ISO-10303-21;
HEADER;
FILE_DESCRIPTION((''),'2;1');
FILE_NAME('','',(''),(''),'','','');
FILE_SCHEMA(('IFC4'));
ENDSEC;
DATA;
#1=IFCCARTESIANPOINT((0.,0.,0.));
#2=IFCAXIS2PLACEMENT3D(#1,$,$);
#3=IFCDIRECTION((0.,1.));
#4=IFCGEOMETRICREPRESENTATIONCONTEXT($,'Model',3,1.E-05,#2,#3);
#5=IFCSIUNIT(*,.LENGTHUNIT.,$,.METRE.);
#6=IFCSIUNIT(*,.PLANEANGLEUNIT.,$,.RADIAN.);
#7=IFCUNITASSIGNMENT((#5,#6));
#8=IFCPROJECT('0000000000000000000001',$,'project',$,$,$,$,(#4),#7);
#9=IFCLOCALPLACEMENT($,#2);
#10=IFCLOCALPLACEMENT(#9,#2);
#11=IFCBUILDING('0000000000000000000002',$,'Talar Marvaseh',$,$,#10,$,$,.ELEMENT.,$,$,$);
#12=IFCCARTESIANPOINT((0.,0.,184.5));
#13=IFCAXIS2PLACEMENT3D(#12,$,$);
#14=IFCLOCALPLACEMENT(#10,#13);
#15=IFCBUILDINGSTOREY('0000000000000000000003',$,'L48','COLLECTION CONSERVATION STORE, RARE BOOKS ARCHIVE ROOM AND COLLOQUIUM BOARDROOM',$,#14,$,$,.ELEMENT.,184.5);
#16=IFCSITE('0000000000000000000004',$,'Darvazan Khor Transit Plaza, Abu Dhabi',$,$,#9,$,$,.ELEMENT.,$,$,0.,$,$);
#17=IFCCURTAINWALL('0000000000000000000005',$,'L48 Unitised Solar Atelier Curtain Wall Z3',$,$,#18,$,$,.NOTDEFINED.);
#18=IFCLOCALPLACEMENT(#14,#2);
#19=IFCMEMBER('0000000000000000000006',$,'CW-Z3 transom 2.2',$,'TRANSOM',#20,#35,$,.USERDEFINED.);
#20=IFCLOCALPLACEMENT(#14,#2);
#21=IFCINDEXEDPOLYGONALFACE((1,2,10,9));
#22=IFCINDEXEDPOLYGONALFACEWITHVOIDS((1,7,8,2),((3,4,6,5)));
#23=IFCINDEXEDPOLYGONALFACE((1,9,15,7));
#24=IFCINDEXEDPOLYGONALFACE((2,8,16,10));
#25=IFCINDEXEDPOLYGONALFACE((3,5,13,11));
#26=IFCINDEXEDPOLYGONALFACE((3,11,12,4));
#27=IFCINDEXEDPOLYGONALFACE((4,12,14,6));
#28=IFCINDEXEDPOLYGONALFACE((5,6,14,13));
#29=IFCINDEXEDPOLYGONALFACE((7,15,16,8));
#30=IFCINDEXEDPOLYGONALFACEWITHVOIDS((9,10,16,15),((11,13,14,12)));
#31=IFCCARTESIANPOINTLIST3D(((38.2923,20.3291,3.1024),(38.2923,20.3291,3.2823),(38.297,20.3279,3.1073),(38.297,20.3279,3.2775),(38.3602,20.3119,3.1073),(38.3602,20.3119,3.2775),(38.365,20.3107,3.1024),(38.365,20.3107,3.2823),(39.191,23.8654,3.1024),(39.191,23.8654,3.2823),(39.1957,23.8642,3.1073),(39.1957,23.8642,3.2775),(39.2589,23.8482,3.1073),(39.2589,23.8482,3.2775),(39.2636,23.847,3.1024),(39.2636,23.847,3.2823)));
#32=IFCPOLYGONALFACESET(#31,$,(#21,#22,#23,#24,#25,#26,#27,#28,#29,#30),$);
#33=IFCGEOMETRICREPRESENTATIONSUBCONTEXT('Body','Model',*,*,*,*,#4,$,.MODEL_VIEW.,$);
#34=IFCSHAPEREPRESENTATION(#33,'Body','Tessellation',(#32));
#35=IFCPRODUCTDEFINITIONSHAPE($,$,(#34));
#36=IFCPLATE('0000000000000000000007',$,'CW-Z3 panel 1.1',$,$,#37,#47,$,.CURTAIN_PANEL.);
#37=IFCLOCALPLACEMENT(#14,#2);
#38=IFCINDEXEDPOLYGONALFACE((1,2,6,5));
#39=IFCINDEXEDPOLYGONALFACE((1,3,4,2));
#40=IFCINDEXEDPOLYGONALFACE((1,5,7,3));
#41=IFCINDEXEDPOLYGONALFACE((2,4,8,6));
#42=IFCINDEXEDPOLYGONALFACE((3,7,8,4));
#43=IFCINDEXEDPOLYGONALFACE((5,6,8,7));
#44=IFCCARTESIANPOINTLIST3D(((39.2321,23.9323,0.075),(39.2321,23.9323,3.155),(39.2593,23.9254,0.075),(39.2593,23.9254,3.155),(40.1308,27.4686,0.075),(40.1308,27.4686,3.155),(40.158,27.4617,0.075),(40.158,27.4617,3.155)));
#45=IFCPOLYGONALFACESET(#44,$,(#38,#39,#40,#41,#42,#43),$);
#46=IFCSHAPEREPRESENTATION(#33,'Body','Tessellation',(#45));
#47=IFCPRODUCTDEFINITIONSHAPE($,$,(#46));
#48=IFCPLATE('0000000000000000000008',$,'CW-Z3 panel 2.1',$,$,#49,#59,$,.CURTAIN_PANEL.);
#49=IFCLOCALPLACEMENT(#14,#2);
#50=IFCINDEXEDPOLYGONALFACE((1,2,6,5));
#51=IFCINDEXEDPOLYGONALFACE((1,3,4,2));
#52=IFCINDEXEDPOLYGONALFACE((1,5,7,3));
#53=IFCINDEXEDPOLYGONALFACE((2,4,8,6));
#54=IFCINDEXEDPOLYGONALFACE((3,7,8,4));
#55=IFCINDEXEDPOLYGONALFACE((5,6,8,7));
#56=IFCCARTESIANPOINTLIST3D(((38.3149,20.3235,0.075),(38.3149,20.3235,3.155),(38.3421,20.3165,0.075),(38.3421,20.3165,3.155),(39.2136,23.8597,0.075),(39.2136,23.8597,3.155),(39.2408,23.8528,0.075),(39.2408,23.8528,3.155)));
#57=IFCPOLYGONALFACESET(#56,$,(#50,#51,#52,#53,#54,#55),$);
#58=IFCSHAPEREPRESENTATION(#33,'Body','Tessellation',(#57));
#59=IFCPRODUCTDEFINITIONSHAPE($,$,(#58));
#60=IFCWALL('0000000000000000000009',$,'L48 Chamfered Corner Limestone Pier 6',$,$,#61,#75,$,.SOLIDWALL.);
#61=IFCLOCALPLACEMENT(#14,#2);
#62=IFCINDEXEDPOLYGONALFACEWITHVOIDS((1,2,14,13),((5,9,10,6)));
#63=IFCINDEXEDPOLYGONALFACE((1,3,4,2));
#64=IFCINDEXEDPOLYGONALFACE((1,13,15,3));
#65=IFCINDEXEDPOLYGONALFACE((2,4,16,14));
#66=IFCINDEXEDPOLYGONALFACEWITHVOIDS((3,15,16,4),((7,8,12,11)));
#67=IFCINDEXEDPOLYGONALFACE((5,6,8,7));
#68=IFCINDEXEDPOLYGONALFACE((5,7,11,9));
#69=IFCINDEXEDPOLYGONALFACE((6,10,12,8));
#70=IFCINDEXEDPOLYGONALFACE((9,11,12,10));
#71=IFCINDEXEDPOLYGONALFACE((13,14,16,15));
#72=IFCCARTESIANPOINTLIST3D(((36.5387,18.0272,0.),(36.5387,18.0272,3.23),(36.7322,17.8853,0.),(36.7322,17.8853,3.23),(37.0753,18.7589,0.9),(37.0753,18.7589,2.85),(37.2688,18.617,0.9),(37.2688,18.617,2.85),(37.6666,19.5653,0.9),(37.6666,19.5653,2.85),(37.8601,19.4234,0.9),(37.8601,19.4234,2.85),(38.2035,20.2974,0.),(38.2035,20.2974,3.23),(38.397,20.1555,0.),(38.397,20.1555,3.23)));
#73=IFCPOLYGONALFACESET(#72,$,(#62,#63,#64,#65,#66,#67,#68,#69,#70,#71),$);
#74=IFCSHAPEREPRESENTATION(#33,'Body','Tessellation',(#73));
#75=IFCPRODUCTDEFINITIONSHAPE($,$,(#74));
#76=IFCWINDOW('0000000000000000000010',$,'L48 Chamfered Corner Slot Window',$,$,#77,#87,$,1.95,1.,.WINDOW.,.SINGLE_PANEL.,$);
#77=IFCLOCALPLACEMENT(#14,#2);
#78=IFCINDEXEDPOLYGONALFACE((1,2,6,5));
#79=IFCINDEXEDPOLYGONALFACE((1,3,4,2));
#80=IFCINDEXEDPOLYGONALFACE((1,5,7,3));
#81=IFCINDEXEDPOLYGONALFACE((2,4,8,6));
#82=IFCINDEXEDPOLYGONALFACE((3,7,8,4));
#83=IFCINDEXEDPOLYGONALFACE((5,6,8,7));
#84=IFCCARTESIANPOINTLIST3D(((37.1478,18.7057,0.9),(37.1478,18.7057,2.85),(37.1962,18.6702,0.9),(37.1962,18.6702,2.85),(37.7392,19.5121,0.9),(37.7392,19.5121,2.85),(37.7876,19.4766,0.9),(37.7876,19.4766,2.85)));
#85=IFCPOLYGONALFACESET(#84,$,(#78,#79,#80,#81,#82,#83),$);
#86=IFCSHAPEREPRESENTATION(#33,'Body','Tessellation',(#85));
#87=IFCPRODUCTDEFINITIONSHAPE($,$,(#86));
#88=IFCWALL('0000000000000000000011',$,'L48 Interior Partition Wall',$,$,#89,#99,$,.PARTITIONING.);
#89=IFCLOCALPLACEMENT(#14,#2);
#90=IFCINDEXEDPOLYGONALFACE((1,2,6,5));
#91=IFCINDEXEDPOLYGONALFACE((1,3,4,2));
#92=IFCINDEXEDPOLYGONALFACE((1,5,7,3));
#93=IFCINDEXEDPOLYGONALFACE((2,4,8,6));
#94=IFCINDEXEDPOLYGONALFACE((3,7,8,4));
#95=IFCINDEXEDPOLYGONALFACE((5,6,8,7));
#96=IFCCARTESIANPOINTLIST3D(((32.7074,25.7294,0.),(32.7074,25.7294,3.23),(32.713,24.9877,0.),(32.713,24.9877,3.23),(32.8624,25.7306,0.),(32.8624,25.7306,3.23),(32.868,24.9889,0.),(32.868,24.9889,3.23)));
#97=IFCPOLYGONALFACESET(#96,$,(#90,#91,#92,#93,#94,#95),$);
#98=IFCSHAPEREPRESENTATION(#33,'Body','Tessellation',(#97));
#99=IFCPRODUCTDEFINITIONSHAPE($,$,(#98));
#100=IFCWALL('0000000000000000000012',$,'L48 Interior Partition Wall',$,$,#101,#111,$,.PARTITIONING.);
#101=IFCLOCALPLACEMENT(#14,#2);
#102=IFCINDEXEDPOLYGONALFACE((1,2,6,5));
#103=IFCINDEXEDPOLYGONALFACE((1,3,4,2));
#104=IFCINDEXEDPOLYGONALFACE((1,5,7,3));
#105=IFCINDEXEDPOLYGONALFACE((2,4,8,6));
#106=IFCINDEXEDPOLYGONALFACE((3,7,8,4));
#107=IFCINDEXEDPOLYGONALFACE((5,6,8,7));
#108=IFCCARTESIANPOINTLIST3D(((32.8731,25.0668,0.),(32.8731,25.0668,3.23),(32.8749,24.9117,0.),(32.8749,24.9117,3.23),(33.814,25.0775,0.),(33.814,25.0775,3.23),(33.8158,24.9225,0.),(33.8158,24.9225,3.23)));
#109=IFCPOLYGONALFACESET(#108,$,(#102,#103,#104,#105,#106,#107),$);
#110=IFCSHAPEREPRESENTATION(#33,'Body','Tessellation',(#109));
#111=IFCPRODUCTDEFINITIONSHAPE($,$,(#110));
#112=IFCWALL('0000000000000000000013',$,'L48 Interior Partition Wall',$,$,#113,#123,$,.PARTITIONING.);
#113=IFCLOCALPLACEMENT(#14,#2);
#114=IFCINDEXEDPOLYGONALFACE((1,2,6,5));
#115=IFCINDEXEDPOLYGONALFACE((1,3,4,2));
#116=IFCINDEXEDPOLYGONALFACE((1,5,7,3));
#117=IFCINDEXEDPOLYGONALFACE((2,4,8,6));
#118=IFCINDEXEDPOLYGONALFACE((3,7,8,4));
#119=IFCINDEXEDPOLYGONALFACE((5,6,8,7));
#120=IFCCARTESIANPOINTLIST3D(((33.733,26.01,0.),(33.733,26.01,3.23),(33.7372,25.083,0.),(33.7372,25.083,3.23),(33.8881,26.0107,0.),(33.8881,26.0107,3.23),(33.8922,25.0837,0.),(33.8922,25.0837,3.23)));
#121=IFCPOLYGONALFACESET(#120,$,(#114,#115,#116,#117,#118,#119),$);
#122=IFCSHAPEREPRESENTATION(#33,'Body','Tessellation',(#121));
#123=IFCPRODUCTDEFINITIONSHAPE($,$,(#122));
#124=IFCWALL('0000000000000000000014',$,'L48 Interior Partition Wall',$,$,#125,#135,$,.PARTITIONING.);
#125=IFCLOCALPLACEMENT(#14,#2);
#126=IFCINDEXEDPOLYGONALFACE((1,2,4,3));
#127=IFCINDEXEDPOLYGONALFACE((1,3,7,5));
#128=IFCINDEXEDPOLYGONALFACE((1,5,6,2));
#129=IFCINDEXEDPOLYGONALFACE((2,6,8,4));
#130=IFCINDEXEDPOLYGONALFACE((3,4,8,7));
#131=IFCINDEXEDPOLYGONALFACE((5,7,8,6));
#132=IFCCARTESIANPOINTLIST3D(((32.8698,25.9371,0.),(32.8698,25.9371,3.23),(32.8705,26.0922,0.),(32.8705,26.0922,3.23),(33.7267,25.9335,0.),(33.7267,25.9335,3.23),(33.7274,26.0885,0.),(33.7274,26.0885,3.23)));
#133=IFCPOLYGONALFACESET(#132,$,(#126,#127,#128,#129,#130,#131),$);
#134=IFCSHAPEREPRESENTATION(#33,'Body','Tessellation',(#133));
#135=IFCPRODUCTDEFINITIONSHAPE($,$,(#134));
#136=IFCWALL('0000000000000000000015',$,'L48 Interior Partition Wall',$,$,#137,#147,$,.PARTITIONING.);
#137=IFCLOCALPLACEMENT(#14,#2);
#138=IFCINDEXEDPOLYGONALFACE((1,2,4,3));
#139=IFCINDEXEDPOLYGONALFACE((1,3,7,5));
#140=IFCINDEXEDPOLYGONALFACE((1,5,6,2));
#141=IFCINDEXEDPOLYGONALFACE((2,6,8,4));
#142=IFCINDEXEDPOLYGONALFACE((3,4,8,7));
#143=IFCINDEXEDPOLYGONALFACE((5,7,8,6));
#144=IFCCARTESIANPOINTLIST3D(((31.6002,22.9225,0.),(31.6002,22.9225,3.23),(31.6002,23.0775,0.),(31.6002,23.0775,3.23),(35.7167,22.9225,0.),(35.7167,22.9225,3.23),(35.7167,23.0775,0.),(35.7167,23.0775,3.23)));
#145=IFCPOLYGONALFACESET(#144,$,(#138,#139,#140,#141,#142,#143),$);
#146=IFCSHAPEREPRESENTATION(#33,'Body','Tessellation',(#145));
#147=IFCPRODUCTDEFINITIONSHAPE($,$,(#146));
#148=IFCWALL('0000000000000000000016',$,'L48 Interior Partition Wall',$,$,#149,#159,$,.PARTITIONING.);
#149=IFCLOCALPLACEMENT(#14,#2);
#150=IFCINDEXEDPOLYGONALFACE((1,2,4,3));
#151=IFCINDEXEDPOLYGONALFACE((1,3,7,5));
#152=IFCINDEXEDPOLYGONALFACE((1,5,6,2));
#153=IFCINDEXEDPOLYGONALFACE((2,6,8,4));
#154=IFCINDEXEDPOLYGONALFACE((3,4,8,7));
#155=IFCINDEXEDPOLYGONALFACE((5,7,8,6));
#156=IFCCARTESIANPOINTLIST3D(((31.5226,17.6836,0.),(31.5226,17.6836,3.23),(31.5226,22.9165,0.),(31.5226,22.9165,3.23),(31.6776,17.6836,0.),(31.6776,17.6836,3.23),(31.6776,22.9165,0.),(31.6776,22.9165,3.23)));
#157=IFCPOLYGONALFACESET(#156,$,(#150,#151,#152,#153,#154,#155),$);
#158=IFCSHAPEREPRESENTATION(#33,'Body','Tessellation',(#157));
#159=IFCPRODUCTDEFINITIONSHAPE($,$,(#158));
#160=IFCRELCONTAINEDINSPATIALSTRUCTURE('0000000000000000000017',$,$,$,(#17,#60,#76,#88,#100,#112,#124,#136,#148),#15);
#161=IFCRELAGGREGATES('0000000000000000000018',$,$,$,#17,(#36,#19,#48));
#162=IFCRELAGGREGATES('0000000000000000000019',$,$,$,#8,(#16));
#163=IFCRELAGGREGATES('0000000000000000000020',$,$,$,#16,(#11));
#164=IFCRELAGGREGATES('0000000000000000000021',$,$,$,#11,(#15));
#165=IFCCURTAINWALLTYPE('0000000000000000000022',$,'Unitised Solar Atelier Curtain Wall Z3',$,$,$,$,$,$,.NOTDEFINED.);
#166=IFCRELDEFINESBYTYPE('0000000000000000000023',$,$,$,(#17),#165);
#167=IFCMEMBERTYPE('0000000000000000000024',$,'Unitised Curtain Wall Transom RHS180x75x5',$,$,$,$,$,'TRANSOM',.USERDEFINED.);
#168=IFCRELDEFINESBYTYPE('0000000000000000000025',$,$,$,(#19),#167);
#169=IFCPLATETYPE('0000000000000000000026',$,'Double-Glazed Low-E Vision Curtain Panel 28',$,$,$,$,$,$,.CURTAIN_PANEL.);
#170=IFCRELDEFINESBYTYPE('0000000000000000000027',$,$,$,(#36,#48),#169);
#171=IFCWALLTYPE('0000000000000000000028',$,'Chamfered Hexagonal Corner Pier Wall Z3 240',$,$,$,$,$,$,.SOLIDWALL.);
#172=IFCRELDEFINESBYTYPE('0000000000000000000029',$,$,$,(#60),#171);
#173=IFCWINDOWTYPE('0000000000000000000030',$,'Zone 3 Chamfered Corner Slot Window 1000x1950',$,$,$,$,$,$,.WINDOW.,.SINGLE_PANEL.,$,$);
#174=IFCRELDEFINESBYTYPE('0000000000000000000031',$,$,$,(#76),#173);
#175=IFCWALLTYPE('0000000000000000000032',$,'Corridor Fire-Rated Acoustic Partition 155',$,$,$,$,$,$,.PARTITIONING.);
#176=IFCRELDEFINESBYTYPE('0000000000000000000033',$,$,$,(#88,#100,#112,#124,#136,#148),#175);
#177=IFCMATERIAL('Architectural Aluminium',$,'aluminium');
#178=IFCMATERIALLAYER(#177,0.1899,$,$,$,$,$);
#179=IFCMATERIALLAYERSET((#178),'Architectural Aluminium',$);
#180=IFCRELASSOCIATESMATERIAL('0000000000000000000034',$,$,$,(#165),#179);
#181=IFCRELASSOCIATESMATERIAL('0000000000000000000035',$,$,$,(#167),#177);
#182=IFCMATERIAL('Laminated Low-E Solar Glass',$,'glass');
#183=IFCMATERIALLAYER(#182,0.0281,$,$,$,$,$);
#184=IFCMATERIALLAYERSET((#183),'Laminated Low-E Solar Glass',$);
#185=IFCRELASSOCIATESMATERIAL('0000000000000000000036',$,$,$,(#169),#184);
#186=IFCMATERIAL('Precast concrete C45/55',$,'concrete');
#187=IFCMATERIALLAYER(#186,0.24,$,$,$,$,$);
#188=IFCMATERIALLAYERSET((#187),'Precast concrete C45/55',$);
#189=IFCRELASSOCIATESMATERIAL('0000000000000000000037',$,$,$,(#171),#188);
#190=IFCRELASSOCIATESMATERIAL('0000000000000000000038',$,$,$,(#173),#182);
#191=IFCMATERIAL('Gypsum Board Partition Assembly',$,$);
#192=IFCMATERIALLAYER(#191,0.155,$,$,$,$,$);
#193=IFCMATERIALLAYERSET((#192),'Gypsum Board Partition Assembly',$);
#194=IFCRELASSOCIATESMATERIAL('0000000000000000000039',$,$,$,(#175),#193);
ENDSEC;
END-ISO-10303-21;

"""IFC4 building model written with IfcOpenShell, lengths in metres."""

from ifc_helpers import new_model, si_unit, direction, frame, frame_2d, origin, origin_2d, place, context, subcontext, project, spatial, rectangle, hollow_rectangle, extrude, source, transform, mapped, material, layer, layer_set, material_profile, profile_set, type_object, type_shapes, element, fill, aggregate, save


model = new_model("IFC4")

# Units and contexts
model_context = context("Model", 3, precision=1e-05, world=origin(), true_north=direction((0.0, 1.0)))
body_context = subcontext(model_context, "Body", "Model", "MODEL_VIEW")
ifc_project = project(units=[si_unit("LENGTHUNIT", "METRE"), si_unit("PLANEANGLEUNIT", "RADIAN")], contexts=[model_context])

# Site, building, storey
site_placement = place(None, origin())
site = spatial("IfcSite", under=ifc_project, at=site_placement, Name="Darvazan Khor Transit Plaza, Abu Dhabi", CompositionType="ELEMENT", RefElevation=0.0)
building_placement = place(site_placement, origin())
building = spatial("IfcBuilding", under=site, at=building_placement, Name="Talar Marvaseh", CompositionType="ELEMENT")
storey_placement = place(building_placement, frame((0.0, 0.0, 184.5)))
storey = spatial("IfcBuildingStorey", under=building, at=storey_placement, Name="L48", Description="COLLECTION CONSERVATION STORE, RARE BOOKS ARCHIVE ROOM AND COLLOQUIUM BOARDROOM", CompositionType="ELEMENT", Elevation=184.5)

# Curtain wall, member, plates
ifc_material_1 = material(Name="Architectural Aluminium", Category="aluminium")
ifc_layer_1 = layer(ifc_material_1, 0.1899)
ifc_layer_set_1 = layer_set([ifc_layer_1], Name="Architectural Aluminium")
curtain_wall_type = type_object("IfcCurtainWallType", Name="Unitised Solar Atelier Curtain Wall Z3", PredefinedType="NOTDEFINED", material=ifc_layer_set_1)
curtain_wall_placement = place(storey_placement, origin())
curtain_wall = element("IfcCurtainWall", 1, at=curtain_wall_placement, inside=storey, type_object=curtain_wall_type, Name="L48 Unitised Solar Atelier Curtain Wall Z3", PredefinedType="NOTDEFINED")
ifc_material_profile_1 = material_profile(ifc_material_1, hollow_rectangle(XDim=0.075, YDim=0.1799, WallThickness=0.0049, at=origin_2d()), Name="RHS180x75x5")
ifc_profile_set_1 = profile_set([ifc_material_profile_1], Name="Architectural Aluminium")
member_type_1 = type_object("IfcMemberType", Name="Unitised Curtain Wall Transom RHS180x75x5", ElementType="TRANSOM", PredefinedType="USERDEFINED", material=ifc_profile_set_1)
shared_shape_1 = source(origin(), body_context, "Body", "SweptSolid", [
    extrude(hollow_rectangle(XDim=0.075, YDim=0.1799, WallThickness=0.0049, at=origin_2d()), origin(), (0.0, 0.0, 1.0), 3.6487),
])
type_shapes(member_type_1, [shared_shape_1])
member_1_placement = place(storey_placement, frame((39.2273, 23.8562, 3.1924), z_axis=(-0.246297, -0.969195, 0.0), x_axis=(0.969195, -0.246297, 0.0)))
member_1 = element("IfcMember", 2, at=member_1_placement, type_object=member_type_1, Name="CW-Z3 transom 2.2", ObjectType="TRANSOM", PredefinedType="USERDEFINED", context=body_context, shape_type="MappedRepresentation", body=[
    mapped(shared_shape_1, transform((0.0, 0.0, 0.0), x_axis=(1.0, 0.0, 0.0), y_axis=(0.0, 1.0, 0.0), z_axis=(0.0, 0.0, 1.0), scale=1.0)),
])
ifc_material_2 = material(Name="Laminated Low-E Solar Glass", Category="glass")
ifc_layer_2 = layer(ifc_material_2, 0.0281)
ifc_layer_set_2 = layer_set([ifc_layer_2], Name="Laminated Low-E Solar Glass")
plate_type = type_object("IfcPlateType", Name="Double-Glazed Low-E Vision Curtain Panel 28", PredefinedType="CURTAIN_PANEL", material=ifc_layer_set_2)
shared_shape_2 = source(origin(), body_context, "Body", "SweptSolid", [
    extrude(rectangle(XDim=3.6487, YDim=0.0281, at=origin_2d()), origin(), (0.0, 0.0, 1.0), 3.0801),
])
type_shapes(plate_type, [shared_shape_2])
plate_1_placement = place(storey_placement, frame((39.6951, 25.697, 0.075), z_axis=(0.0, 0.0, 1.0), x_axis=(-0.246306, -0.969192, 0.0)))
plate_1 = element("IfcPlate", 3, at=plate_1_placement, type_object=plate_type, Name="CW-Z3 panel 1.1", PredefinedType="CURTAIN_PANEL", context=body_context, shape_type="MappedRepresentation", body=[
    mapped(shared_shape_2, transform((0.0, 0.0, 0.0), x_axis=(1.0, 0.0, 0.0), y_axis=(0.0, 1.0, 0.0), z_axis=(0.0, 0.0, 1.0), scale=1.0)),
])
plate_2_placement = place(storey_placement, frame((38.7778, 22.0881, 0.075), z_axis=(0.0, 0.0, 1.0), x_axis=(-0.246306, -0.969192, 0.0)))
plate_2 = element("IfcPlate", 4, at=plate_2_placement, type_object=plate_type, Name="CW-Z3 panel 2.1", PredefinedType="CURTAIN_PANEL", context=body_context, shape_type="MappedRepresentation", body=[
    mapped(shared_shape_2, transform((0.0, 0.0, 0.0), x_axis=(1.0, 0.0, 0.0), y_axis=(0.0, 1.0, 0.0), z_axis=(0.0, 0.0, 1.0), scale=1.0)),
])
aggregate(curtain_wall, [plate_1, member_1, plate_2])

# Wall, opening, window
ifc_material_3 = material(Name="Precast concrete C45/55", Category="concrete")
ifc_layer_3 = layer(ifc_material_3, 0.24)
ifc_layer_set_3 = layer_set([ifc_layer_3], Name="Precast concrete C45/55")
wall_type_1 = type_object("IfcWallType", Name="Chamfered Hexagonal Corner Pier Wall Z3 240", PredefinedType="SOLIDWALL", material=ifc_layer_set_3)
wall_1_placement = place(storey_placement, frame((38.3003, 20.2266, 0.0), z_axis=(0.0, 0.0, 1.0), x_axis=(-0.591349, -0.806416, 0.0)))
wall_1 = element("IfcWall", 5, at=wall_1_placement, inside=storey, type_object=wall_type_1, Name="L48 Chamfered Corner Limestone Pier 6", PredefinedType="SOLIDWALL", context=body_context, shape_type="SweptSolid", body=[
    extrude(rectangle(XDim=2.8152, YDim=0.24, at=frame_2d((1.4077, 0.0))), origin(), (0.0, 0.0, 1.0), 3.23),
])
opening_1_placement = place(wall_1_placement, frame((0.908, 0.0, 0.8999)))
opening_1 = element("IfcOpeningElement", 6, at=opening_1_placement, cuts=wall_1, PredefinedType="OPENING", context=body_context, shape_type="SweptSolid", body=[
    extrude(rectangle(XDim=1.0, YDim=1.95, at=frame_2d((0.5, 0.9751))), frame((0.0, 0.1299, 0.0), z_axis=(0.0, -1.0, 0.0), x_axis=(1.0, 0.0, 0.0)), (0.0, 0.0, 1.0), 0.26),
])
window_type = type_object("IfcWindowType", Name="Zone 3 Chamfered Corner Slot Window 1000x1950", PartitioningType="SINGLE_PANEL", PredefinedType="WINDOW", material=ifc_material_2)
shared_shape_3 = source(origin(), body_context, "Body", "SweptSolid", [
    extrude(rectangle(XDim=1.0, YDim=1.95, at=frame_2d((0.5, 0.9751))), frame((0.0, 0.03, 0.0), z_axis=(0.0, -1.0, 0.0), x_axis=(1.0, 0.0, 0.0)), (0.0, 0.0, 1.0), 0.0601),
])
type_shapes(window_type, [shared_shape_3])
window_placement = place(opening_1_placement, origin())
window = element("IfcWindow", 7, at=window_placement, inside=storey, type_object=window_type, Name="L48 Chamfered Corner Slot Window", OverallHeight=1.95, OverallWidth=1.0, PartitioningType="SINGLE_PANEL", PredefinedType="WINDOW", context=body_context, shape_type="MappedRepresentation", body=[
    mapped(shared_shape_3, transform((0.0, 0.0, 0.0), x_axis=(1.0, 0.0, 0.0), y_axis=(0.0, 1.0, 0.0), z_axis=(0.0, 0.0, 1.0), scale=1.0)),
])
fill(opening_1, window)

# Walls
ifc_material_4 = material(Name="Gypsum Board Partition Assembly")
ifc_layer_4 = layer(ifc_material_4, 0.155)
ifc_layer_set_4 = layer_set([ifc_layer_4], Name="Gypsum Board Partition Assembly")
wall_type_2 = type_object("IfcWallType", Name="Corridor Fire-Rated Acoustic Partition 155", PredefinedType="PARTITIONING", material=ifc_layer_set_4)
wall_2_placement = place(storey_placement, frame((32.7849, 25.73, 0.0), z_axis=(0.0, 0.0, 1.0), x_axis=(0.007571, -0.999971, 0.0)))
element("IfcWall", 8, at=wall_2_placement, inside=storey, type_object=wall_type_2, Name="L48 Interior Partition Wall", PredefinedType="PARTITIONING", context=body_context, shape_type="SweptSolid", body=[
    extrude(rectangle(XDim=0.7417, YDim=0.155, at=frame_2d((0.3708, 0.0))), origin(), (0.0, 0.0, 1.0), 3.23),
])
wall_3_placement = place(storey_placement, frame((32.874, 24.9893, 0.0), z_axis=(0.0, 0.0, 1.0), x_axis=(0.999935, 0.011416, 0.0)))
element("IfcWall", 9, at=wall_3_placement, inside=storey, type_object=wall_type_2, Name="L48 Interior Partition Wall", PredefinedType="PARTITIONING", context=body_context, shape_type="SweptSolid", body=[
    extrude(rectangle(XDim=0.9409, YDim=0.155, at=frame_2d((0.4705, 0.0))), origin(), (0.0, 0.0, 1.0), 3.23),
])
wall_4_placement = place(storey_placement, frame((33.8147, 25.0835, 0.0), z_axis=(0.0, 0.0, 1.0), x_axis=(-0.004477, 0.99999, 0.0)))
element("IfcWall", 10, at=wall_4_placement, inside=storey, type_object=wall_type_2, Name="L48 Interior Partition Wall", PredefinedType="PARTITIONING", context=body_context, shape_type="SweptSolid", body=[
    extrude(rectangle(XDim=0.927, YDim=0.155, at=frame_2d((0.4634, 0.0))), origin(), (0.0, 0.0, 1.0), 3.23),
])
wall_5_placement = place(storey_placement, frame((33.7271, 26.011, 0.0), z_axis=(0.0, 0.0, 1.0), x_axis=(-0.999991, 0.004273, 0.0)))
element("IfcWall", 11, at=wall_5_placement, inside=storey, type_object=wall_type_2, Name="L48 Interior Partition Wall", PredefinedType="PARTITIONING", context=body_context, shape_type="SweptSolid", body=[
    extrude(rectangle(XDim=0.8569, YDim=0.155, at=frame_2d((0.4285, 0.0))), origin(), (0.0, 0.0, 1.0), 3.23),
])
wall_6_placement = place(storey_placement, frame((35.7166, 23.0, 0.0), z_axis=(0.0, 0.0, 1.0), x_axis=(-1.0, 0.0, 0.0)))
element("IfcWall", 12, at=wall_6_placement, inside=storey, type_object=wall_type_2, Name="L48 Interior Partition Wall", PredefinedType="PARTITIONING", context=body_context, shape_type="SweptSolid", body=[
    extrude(rectangle(XDim=4.1165, YDim=0.155, at=frame_2d((2.0581, 0.0))), origin(), (0.0, 0.0, 1.0), 3.23),
])
wall_7_placement = place(storey_placement, frame((31.6001, 22.9165, 0.0), z_axis=(0.0, 0.0, 1.0), x_axis=(0.0, -1.0, 0.0)))
element("IfcWall", 13, at=wall_7_placement, inside=storey, type_object=wall_type_2, Name="L48 Interior Partition Wall", PredefinedType="PARTITIONING", context=body_context, shape_type="SweptSolid", body=[
    extrude(rectangle(XDim=5.2329, YDim=0.155, at=frame_2d((2.6165, 0.0))), origin(), (0.0, 0.0, 1.0), 3.23),
])

save(model, "model.ifc")
